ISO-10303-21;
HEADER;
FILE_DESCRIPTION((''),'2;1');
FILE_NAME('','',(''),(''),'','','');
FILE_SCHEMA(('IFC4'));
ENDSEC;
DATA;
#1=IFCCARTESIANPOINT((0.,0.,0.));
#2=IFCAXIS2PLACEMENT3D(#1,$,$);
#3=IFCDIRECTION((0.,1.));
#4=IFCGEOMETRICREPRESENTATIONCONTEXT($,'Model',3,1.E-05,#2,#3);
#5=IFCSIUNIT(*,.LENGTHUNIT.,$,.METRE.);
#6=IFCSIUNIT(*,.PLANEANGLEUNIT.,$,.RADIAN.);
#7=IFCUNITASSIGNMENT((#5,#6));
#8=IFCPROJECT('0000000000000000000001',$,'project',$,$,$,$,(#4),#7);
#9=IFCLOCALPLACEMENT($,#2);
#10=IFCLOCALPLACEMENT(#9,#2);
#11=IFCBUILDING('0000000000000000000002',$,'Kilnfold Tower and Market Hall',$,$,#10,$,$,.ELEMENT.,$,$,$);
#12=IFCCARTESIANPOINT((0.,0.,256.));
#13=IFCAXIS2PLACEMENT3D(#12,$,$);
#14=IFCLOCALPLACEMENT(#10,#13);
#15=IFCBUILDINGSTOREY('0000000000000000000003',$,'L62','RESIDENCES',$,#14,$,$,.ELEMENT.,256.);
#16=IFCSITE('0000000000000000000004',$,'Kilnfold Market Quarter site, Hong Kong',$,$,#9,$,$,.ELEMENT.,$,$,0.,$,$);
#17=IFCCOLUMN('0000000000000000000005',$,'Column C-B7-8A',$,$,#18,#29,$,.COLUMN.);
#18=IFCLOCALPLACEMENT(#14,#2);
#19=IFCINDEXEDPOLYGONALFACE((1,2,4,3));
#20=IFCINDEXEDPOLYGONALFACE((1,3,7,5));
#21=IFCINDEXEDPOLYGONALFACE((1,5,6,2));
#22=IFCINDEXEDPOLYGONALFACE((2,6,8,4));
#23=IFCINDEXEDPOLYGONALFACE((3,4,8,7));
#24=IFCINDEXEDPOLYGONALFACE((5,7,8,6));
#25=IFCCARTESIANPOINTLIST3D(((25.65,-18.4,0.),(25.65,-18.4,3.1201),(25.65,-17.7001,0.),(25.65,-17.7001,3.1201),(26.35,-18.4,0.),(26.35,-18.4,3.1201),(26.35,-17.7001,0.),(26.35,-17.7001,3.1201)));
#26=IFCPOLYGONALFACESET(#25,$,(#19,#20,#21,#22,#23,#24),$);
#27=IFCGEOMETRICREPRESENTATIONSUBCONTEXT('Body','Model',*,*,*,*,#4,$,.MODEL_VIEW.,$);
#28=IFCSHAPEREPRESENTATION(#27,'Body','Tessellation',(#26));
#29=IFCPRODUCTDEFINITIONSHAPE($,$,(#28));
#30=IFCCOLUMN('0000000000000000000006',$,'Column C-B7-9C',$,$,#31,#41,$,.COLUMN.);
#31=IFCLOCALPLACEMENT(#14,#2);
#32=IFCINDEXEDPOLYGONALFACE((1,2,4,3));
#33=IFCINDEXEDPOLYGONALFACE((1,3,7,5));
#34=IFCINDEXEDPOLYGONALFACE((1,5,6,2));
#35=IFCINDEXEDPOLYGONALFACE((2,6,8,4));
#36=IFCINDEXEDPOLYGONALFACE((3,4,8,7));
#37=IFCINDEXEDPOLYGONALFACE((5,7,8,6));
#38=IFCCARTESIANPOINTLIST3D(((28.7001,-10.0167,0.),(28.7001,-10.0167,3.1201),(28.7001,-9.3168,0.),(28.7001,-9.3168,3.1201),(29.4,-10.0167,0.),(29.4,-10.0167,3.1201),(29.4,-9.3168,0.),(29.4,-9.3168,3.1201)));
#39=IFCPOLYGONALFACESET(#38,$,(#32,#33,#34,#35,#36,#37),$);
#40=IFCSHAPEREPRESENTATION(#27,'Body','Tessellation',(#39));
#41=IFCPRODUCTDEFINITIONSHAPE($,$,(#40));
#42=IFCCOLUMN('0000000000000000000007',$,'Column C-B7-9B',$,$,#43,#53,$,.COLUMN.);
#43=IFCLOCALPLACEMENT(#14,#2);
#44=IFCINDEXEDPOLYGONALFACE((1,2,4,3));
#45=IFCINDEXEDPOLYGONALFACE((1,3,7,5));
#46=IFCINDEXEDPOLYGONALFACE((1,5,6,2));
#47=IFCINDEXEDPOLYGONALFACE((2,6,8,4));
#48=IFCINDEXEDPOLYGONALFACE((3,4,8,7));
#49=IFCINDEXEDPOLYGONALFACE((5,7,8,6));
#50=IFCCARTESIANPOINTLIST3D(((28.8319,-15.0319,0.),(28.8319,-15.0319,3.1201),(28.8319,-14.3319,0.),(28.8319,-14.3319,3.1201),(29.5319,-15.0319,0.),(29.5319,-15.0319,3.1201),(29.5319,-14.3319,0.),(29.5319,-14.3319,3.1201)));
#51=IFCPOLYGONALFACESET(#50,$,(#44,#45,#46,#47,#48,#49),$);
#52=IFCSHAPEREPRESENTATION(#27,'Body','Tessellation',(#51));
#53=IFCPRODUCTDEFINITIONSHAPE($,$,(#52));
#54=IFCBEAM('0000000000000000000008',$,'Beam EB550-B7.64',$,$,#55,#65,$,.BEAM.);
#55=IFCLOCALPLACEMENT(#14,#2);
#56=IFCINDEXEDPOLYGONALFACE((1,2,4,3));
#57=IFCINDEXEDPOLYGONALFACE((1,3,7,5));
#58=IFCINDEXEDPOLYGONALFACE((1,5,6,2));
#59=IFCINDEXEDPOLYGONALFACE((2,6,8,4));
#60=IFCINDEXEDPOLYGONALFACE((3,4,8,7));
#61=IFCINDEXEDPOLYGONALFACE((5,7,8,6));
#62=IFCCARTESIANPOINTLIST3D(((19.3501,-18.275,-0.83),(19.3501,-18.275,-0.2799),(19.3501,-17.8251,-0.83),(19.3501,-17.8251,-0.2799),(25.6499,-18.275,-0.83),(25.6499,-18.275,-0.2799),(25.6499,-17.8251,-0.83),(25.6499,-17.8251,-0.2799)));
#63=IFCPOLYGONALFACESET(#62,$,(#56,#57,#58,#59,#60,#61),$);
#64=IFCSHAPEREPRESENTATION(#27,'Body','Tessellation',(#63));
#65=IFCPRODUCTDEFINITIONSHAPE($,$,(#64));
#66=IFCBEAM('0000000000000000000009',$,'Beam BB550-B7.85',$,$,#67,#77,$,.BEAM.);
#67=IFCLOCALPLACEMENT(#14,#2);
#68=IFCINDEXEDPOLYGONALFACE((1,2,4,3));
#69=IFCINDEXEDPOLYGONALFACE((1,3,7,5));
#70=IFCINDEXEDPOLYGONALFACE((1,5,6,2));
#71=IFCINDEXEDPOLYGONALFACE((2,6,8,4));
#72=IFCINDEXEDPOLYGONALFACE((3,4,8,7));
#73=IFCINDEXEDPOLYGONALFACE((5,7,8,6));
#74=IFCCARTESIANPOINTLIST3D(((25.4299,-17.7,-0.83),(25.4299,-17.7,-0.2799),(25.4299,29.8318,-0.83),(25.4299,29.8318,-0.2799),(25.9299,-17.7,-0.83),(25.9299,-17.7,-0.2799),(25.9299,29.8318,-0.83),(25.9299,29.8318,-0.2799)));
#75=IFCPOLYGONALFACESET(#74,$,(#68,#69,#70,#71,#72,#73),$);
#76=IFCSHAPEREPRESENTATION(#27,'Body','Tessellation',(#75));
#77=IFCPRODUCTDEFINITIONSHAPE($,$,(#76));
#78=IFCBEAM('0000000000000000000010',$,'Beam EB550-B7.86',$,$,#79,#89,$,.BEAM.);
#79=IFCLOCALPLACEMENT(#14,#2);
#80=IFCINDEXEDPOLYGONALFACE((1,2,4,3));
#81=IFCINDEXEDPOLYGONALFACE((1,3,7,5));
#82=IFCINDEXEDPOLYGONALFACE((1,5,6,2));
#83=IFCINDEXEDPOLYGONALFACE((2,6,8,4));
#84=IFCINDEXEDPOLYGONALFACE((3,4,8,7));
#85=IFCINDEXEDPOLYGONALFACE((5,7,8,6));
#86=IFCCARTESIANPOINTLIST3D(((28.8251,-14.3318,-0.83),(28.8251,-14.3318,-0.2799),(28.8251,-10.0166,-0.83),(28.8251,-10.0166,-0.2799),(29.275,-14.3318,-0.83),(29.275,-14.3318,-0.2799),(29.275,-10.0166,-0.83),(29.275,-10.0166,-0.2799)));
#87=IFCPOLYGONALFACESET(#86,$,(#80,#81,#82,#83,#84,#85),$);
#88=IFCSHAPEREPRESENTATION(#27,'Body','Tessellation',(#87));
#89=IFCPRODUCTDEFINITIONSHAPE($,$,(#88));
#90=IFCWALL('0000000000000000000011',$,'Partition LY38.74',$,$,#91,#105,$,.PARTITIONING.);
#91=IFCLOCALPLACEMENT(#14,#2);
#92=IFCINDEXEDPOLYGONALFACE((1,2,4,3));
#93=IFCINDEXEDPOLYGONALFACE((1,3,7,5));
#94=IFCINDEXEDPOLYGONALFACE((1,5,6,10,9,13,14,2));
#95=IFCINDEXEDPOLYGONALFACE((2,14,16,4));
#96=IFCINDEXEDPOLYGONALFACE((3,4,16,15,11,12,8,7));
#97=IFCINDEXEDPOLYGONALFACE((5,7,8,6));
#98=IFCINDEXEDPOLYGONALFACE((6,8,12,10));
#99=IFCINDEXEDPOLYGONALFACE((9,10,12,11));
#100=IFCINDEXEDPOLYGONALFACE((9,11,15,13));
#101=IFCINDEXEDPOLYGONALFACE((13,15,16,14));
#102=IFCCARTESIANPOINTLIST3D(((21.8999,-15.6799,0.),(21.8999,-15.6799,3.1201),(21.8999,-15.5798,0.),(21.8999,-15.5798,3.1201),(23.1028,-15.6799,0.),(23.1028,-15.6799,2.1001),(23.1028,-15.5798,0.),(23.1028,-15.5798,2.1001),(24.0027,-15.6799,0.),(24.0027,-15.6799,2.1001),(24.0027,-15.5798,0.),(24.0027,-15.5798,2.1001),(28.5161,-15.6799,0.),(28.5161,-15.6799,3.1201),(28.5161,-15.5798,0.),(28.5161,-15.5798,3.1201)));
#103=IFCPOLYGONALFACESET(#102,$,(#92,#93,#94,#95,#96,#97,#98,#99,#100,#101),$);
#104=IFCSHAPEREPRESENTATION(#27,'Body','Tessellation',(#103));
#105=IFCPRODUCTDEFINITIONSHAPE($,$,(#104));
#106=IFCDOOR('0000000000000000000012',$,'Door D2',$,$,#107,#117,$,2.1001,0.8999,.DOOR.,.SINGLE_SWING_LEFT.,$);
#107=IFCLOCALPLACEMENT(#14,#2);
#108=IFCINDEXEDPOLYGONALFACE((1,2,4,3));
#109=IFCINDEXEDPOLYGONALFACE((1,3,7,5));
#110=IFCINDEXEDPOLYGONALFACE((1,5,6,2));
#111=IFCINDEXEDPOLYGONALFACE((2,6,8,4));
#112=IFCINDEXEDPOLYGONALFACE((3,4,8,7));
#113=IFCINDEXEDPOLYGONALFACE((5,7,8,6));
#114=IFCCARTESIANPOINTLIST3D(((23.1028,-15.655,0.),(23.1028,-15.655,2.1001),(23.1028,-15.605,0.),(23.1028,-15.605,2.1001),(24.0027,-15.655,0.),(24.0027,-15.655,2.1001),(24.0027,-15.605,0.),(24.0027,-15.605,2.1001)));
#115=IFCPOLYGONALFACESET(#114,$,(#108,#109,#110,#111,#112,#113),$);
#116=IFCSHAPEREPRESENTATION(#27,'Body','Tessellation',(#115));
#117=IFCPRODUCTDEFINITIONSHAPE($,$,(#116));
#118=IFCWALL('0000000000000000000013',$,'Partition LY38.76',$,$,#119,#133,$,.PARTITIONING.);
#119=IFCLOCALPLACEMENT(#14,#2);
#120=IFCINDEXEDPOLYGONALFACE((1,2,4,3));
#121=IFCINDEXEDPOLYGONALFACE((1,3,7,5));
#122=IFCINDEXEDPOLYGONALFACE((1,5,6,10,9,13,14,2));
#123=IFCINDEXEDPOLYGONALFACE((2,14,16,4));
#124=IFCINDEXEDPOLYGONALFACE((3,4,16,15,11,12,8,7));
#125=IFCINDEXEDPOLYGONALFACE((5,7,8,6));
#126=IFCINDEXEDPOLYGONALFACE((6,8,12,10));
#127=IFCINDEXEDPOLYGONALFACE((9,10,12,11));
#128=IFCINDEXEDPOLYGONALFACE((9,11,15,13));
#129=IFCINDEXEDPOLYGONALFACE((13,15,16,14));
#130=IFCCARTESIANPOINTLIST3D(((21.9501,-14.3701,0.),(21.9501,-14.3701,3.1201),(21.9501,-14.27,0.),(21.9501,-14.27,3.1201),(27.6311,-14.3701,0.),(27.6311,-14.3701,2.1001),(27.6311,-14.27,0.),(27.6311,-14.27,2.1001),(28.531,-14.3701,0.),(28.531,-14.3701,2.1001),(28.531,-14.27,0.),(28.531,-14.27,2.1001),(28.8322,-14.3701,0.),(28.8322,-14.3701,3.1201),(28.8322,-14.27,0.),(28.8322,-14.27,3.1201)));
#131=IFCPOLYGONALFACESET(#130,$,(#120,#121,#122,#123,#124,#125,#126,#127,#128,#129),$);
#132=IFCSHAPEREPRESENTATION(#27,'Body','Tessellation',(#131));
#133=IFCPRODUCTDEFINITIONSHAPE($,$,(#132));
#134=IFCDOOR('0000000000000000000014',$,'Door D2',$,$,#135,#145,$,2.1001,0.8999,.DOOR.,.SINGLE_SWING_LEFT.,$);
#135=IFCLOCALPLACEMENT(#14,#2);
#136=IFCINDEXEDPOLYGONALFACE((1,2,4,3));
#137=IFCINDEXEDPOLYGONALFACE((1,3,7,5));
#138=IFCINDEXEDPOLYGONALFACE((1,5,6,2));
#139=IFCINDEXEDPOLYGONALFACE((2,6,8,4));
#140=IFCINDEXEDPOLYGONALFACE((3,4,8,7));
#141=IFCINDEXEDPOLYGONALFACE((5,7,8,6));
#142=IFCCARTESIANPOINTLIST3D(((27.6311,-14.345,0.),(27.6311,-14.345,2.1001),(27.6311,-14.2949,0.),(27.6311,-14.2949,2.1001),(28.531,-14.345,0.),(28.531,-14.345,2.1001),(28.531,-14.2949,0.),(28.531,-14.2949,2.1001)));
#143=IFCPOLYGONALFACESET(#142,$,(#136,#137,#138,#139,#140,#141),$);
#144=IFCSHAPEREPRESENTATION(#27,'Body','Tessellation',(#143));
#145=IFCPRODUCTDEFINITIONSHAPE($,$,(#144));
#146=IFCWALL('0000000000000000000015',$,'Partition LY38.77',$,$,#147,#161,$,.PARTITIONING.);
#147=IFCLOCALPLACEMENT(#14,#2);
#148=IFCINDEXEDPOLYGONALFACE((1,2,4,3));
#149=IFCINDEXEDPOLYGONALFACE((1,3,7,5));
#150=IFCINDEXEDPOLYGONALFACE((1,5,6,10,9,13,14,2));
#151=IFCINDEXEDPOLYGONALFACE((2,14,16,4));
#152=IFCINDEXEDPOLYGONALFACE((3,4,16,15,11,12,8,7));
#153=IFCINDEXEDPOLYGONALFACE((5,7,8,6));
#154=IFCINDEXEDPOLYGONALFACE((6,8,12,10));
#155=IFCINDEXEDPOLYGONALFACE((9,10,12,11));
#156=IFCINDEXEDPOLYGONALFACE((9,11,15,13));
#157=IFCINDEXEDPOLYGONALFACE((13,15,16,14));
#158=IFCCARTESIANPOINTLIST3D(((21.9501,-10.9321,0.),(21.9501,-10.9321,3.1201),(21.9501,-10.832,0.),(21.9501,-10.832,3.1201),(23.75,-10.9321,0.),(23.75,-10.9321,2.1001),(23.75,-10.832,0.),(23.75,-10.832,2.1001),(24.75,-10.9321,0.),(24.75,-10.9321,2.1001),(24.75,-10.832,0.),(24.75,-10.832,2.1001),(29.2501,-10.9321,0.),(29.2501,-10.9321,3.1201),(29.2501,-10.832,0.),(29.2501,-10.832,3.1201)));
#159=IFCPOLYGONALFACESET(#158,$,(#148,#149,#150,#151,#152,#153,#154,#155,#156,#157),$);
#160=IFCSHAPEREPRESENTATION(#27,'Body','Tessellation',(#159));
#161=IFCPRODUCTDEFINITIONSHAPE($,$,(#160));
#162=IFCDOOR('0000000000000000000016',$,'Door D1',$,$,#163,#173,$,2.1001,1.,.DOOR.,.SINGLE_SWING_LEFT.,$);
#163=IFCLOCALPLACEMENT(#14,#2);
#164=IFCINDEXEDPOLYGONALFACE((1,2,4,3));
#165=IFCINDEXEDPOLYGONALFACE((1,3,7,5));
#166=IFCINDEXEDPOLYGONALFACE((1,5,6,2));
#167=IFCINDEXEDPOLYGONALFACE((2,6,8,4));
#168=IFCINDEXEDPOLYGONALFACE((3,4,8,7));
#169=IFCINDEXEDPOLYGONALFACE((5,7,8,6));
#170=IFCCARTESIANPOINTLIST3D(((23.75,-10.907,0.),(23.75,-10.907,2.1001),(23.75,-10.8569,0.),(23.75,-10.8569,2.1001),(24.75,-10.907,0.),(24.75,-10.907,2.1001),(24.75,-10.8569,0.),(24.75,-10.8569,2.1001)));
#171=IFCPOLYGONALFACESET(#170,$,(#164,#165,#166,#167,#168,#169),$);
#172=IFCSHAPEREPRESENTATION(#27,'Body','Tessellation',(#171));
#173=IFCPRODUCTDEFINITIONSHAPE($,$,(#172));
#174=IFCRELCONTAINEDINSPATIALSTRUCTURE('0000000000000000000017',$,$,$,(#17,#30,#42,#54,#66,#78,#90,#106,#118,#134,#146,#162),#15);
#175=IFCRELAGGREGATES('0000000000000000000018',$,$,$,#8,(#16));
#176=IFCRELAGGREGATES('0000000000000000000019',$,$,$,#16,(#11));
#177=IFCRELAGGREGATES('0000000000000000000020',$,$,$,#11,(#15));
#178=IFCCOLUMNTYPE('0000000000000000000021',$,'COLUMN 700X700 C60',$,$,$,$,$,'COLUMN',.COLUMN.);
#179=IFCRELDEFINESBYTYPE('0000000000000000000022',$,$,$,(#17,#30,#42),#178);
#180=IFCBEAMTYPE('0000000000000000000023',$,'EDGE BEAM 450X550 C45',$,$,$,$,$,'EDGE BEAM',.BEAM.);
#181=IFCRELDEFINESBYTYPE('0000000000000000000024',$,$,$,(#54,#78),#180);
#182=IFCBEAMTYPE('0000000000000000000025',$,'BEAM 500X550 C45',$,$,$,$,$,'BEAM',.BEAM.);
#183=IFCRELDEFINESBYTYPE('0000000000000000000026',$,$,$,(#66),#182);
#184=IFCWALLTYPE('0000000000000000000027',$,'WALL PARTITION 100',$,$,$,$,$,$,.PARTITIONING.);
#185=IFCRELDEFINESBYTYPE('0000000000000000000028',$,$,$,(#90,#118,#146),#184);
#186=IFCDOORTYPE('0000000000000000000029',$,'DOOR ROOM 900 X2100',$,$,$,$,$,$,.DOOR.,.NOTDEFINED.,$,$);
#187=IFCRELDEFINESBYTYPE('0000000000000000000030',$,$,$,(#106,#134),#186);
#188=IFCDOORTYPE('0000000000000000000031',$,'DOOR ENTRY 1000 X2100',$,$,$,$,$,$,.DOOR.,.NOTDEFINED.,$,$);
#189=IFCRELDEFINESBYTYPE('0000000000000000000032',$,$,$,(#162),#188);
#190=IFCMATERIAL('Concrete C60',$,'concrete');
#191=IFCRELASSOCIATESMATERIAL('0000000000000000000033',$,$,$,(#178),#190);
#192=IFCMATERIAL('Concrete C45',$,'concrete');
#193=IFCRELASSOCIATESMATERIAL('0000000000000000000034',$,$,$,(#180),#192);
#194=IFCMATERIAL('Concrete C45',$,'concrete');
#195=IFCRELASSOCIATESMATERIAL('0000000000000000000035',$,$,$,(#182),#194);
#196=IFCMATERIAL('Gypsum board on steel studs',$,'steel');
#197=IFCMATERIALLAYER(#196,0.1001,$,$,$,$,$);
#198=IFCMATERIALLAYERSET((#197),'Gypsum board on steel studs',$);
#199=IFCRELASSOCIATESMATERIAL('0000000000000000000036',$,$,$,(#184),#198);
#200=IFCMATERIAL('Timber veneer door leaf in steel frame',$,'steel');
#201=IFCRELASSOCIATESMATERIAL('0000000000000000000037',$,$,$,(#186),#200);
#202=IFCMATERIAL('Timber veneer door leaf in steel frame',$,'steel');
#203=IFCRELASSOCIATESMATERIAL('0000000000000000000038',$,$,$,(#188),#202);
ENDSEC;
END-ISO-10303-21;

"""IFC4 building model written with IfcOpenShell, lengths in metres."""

from ifc_helpers import new_model, si_unit, direction, frame, frame_2d, origin, origin_2d, place, context, subcontext, project, spatial, rectangle, extrude, source, transform, mapped, material, layer, layer_set, material_profile, profile_set, type_object, element, fill, save


model = new_model("IFC4")

# Units and contexts
model_context = context("Model", 3, precision=1e-05, world=origin(), true_north=direction((0.0, 1.0)))
body_context = subcontext(model_context, "Body", "Model", "MODEL_VIEW")
ifc_project = project(units=[si_unit("LENGTHUNIT", "METRE"), si_unit("PLANEANGLEUNIT", "RADIAN")], contexts=[model_context])

# Site, building, storey
site_placement = place(None, origin())
site = spatial("IfcSite", under=ifc_project, at=site_placement, Name="Kilnfold Market Quarter site, Hong Kong", CompositionType="ELEMENT", RefElevation=0.0)
building_placement = place(site_placement, origin())
building = spatial("IfcBuilding", under=site, at=building_placement, Name="Kilnfold Tower and Market Hall", CompositionType="ELEMENT")
storey_placement = place(building_placement, frame((0.0, 0.0, 256.0)))
storey = spatial("IfcBuildingStorey", under=building, at=storey_placement, Name="L62", Description="RESIDENCES", CompositionType="ELEMENT", Elevation=256.0)

# Columns
ifc_material_1 = material(Name="Concrete C60", Category="concrete")
ifc_material_profile_1 = material_profile(ifc_material_1, rectangle(XDim=0.7, YDim=0.7, at=origin_2d()), Name="RC 700x700")
ifc_profile_set_1 = profile_set([ifc_material_profile_1], Name="Concrete C60")
column_type = type_object("IfcColumnType", Name="COLUMN 700X700 C60", ElementType="COLUMN", PredefinedType="COLUMN", material=ifc_profile_set_1)
shared_shape_1 = source(origin(), body_context, "Body", "SweptSolid", [
    extrude(rectangle(XDim=0.7, YDim=0.7, at=origin_2d()), origin(), (0.0, 0.0, 1.0), 3.1201),
])
for number, where, z_axis, x_axis, name in (
    (1, (26.0, -18.05, 0.0), (0.0, 0.0, 1.0), (1.0, 0.0, 0.0), "Column C-B7-8A"),
    (2, (29.05, -9.6667, 0.0), (0.0, 0.0, 1.0), (1.0, 0.0, 0.0), "Column C-B7-9C"),
    (3, (29.1819, -14.6819, 0.0), (0.0, 0.0, 1.0), (1.0, 0.0, 0.0), "Column C-B7-9B"),
):
    element("IfcColumn", number, at=place(storey_placement, frame(where, z_axis=z_axis, x_axis=x_axis)), inside=storey, type_object=column_type, Name=name, PredefinedType="COLUMN", context=body_context, shape_type="MappedRepresentation", body=[
        mapped(shared_shape_1, transform((0.0, 0.0, 0.0))),
    ])

# Beams
ifc_material_2 = material(Name="Concrete C45", Category="concrete")
ifc_material_profile_2 = material_profile(ifc_material_2, rectangle(XDim=0.45, YDim=0.55, at=origin_2d()), Name="RC 450x550")
ifc_profile_set_2 = profile_set([ifc_material_profile_2], Name="Concrete C45")
beam_type_1 = type_object("IfcBeamType", Name="EDGE BEAM 450X550 C45", ElementType="EDGE BEAM", PredefinedType="BEAM", material=ifc_profile_set_2)
shared_shape_2 = source(origin(), body_context, "Body", "SweptSolid", [
    extrude(rectangle(XDim=0.45, YDim=0.55, at=origin_2d()), origin(), (0.0, 0.0, 1.0), 6.2998),
])
beam_1_placement = place(storey_placement, frame((19.3501, -18.05, -0.5549), z_axis=(1.0, 0.0, 0.0), x_axis=(0.0, 1.0, 0.0)))
element("IfcBeam", 4, at=beam_1_placement, inside=storey, type_object=beam_type_1, Name="Beam EB550-B7.64", PredefinedType="BEAM", context=body_context, shape_type="MappedRepresentation", body=[
    mapped(shared_shape_2, transform((0.0, 0.0, 0.0))),
])
ifc_material_3 = material(Name="Concrete C45", Category="concrete")
ifc_material_profile_3 = material_profile(ifc_material_3, rectangle(XDim=0.5, YDim=0.55, at=origin_2d()), Name="RC 500x550")
ifc_profile_set_3 = profile_set([ifc_material_profile_3], Name="Concrete C45")
beam_type_2 = type_object("IfcBeamType", Name="BEAM 500X550 C45", ElementType="BEAM", PredefinedType="BEAM", material=ifc_profile_set_3)
shared_shape_3 = source(origin(), body_context, "Body", "SweptSolid", [
    extrude(rectangle(XDim=0.5, YDim=0.55, at=origin_2d()), origin(), (0.0, 0.0, 1.0), 47.5317),
])
beam_2_placement = place(storey_placement, frame((25.6799, -17.7, -0.5549), z_axis=(0.0, 1.0, 0.0), x_axis=(-1.0, 0.0, 0.0)))
element("IfcBeam", 5, at=beam_2_placement, inside=storey, type_object=beam_type_2, Name="Beam BB550-B7.85", PredefinedType="BEAM", context=body_context, shape_type="MappedRepresentation", body=[
    mapped(shared_shape_3, transform((0.0, 0.0, 0.0))),
])
shared_shape_4 = source(origin(), body_context, "Body", "SweptSolid", [
    extrude(rectangle(XDim=0.45, YDim=0.55, at=origin_2d()), origin(), (0.0, 0.0, 1.0), 4.3152),
])
beam_3_placement = place(storey_placement, frame((29.05, -14.3318, -0.5549), z_axis=(0.0, 1.0, 0.0), x_axis=(-1.0, 0.0, 0.0)))
element("IfcBeam", 6, at=beam_3_placement, inside=storey, type_object=beam_type_1, Name="Beam EB550-B7.86", PredefinedType="BEAM", context=body_context, shape_type="MappedRepresentation", body=[
    mapped(shared_shape_4, transform((0.0, 0.0, 0.0))),
])

# Walls, openings, doors
ifc_material_4 = material(Name="Gypsum board on steel studs", Category="steel")
ifc_layer_1 = layer(ifc_material_4, 0.1001)
ifc_layer_set_1 = layer_set([ifc_layer_1], Name="Gypsum board on steel studs")
wall_type_1 = type_object("IfcWallType", Name="WALL PARTITION 100", PredefinedType="PARTITIONING", material=ifc_layer_set_1)
wall_1_placement = place(storey_placement, frame((21.8999, -15.6299, 0.0), z_axis=(0.0, 0.0, 1.0), x_axis=(1.0, 0.0, 0.0)))
wall_1 = element("IfcWall", 7, at=wall_1_placement, inside=storey, type_object=wall_type_1, Name="Partition LY38.74", PredefinedType="PARTITIONING", context=body_context, shape_type="SweptSolid", body=[
    extrude(rectangle(XDim=6.6162, YDim=0.1001, at=frame_2d((3.3081, 0.0))), origin(), (0.0, 0.0, 1.0), 3.1201),
])
opening_1_placement = place(wall_1_placement, frame((1.2029, 0.0, 0.0)))
opening_1 = element("IfcOpeningElement", 8, at=opening_1_placement, cuts=wall_1, PredefinedType="OPENING", context=body_context, shape_type="SweptSolid", body=[
    extrude(rectangle(XDim=0.8999, YDim=2.1001, at=frame_2d((0.45, 1.05))), frame((0.0, 0.0601, 0.0), z_axis=(0.0, -1.0, 0.0), x_axis=(1.0, 0.0, 0.0)), (0.0, 0.0, 1.0), 0.1201),
])
ifc_material_5 = material(Name="Timber veneer door leaf in steel frame", Category="steel")
door_type_1 = type_object("IfcDoorType", Name="DOOR ROOM 900 X2100", OperationType="NOTDEFINED", PredefinedType="DOOR", material=ifc_material_5)
door_1_placement = place(opening_1_placement, origin())
door_1 = element("IfcDoor", 9, at=door_1_placement, inside=storey, type_object=door_type_1, Name="Door D2", OperationType="SINGLE_SWING_LEFT", OverallHeight=2.1001, OverallWidth=0.8999, PredefinedType="DOOR", context=body_context, shape_type="SweptSolid", body=[
    extrude(rectangle(XDim=0.8999, YDim=2.1001, at=frame_2d((0.45, 1.05))), frame((0.0, 0.0249, 0.0), z_axis=(0.0, -1.0, 0.0), x_axis=(1.0, 0.0, 0.0)), (0.0, 0.0, 1.0), 0.05),
])
fill(opening_1, door_1)
wall_2_placement = place(storey_placement, frame((28.832, -14.3201, 0.0), z_axis=(0.0, 0.0, 1.0), x_axis=(-1.0, 0.0, 0.0)))
wall_2 = element("IfcWall", 10, at=wall_2_placement, inside=storey, type_object=wall_type_1, Name="Partition LY38.76", PredefinedType="PARTITIONING", context=body_context, shape_type="SweptSolid", body=[
    extrude(rectangle(XDim=6.8821, YDim=0.1001, at=frame_2d((3.4409, 0.0))), origin(), (0.0, 0.0, 1.0), 3.1201),
])
opening_2_placement = place(wall_2_placement, frame((0.301, 0.0, 0.0)))
opening_2 = element("IfcOpeningElement", 11, at=opening_2_placement, cuts=wall_2, PredefinedType="OPENING", context=body_context, shape_type="SweptSolid", body=[
    extrude(rectangle(XDim=0.8999, YDim=2.1001, at=frame_2d((0.45, 1.05))), frame((0.0, 0.0601, 0.0), z_axis=(0.0, -1.0, 0.0), x_axis=(1.0, 0.0, 0.0)), (0.0, 0.0, 1.0), 0.1201),
])
door_2_placement = place(opening_2_placement, origin())
door_2 = element("IfcDoor", 12, at=door_2_placement, inside=storey, type_object=door_type_1, Name="Door D2", OperationType="SINGLE_SWING_LEFT", OverallHeight=2.1001, OverallWidth=0.8999, PredefinedType="DOOR", context=body_context, shape_type="SweptSolid", body=[
    extrude(rectangle(XDim=0.8999, YDim=2.1001, at=frame_2d((0.45, 1.05))), frame((0.0, 0.0249, 0.0), z_axis=(0.0, -1.0, 0.0), x_axis=(1.0, 0.0, 0.0)), (0.0, 0.0, 1.0), 0.05),
])
fill(opening_2, door_2)
wall_3_placement = place(storey_placement, frame((29.25, -10.8821, 0.0), z_axis=(0.0, 0.0, 1.0), x_axis=(-1.0, 0.0, 0.0)))
wall_3 = element("IfcWall", 13, at=wall_3_placement, inside=storey, type_object=wall_type_1, Name="Partition LY38.77", PredefinedType="PARTITIONING", context=body_context, shape_type="SweptSolid", body=[
    extrude(rectangle(XDim=7.3, YDim=0.1001, at=frame_2d((3.6499, 0.0))), origin(), (0.0, 0.0, 1.0), 3.1201),
])
opening_3_placement = place(wall_3_placement, frame((4.5, 0.0, 0.0)))
opening_3 = element("IfcOpeningElement", 14, at=opening_3_placement, cuts=wall_3, PredefinedType="OPENING", context=body_context, shape_type="SweptSolid", body=[
    extrude(rectangle(XDim=1.0, YDim=2.1001, at=frame_2d((0.5, 1.05))), frame((0.0, 0.0601, 0.0), z_axis=(0.0, -1.0, 0.0), x_axis=(1.0, 0.0, 0.0)), (0.0, 0.0, 1.0), 0.1201),
])
ifc_material_6 = material(Name="Timber veneer door leaf in steel frame", Category="steel")
door_type_2 = type_object("IfcDoorType", Name="DOOR ENTRY 1000 X2100", OperationType="NOTDEFINED", PredefinedType="DOOR", material=ifc_material_6)
door_3_placement = place(opening_3_placement, origin())
door_3 = element("IfcDoor", 15, at=door_3_placement, inside=storey, type_object=door_type_2, Name="Door D1", OperationType="SINGLE_SWING_LEFT", OverallHeight=2.1001, OverallWidth=1.0, PredefinedType="DOOR", context=body_context, shape_type="SweptSolid", body=[
    extrude(rectangle(XDim=1.0, YDim=2.1001, at=frame_2d((0.5, 1.05))), frame((0.0, 0.0249, 0.0), z_axis=(0.0, -1.0, 0.0), x_axis=(1.0, 0.0, 0.0)), (0.0, 0.0, 1.0), 0.05),
])
fill(opening_3, door_3)

save(model, "model.ifc")
